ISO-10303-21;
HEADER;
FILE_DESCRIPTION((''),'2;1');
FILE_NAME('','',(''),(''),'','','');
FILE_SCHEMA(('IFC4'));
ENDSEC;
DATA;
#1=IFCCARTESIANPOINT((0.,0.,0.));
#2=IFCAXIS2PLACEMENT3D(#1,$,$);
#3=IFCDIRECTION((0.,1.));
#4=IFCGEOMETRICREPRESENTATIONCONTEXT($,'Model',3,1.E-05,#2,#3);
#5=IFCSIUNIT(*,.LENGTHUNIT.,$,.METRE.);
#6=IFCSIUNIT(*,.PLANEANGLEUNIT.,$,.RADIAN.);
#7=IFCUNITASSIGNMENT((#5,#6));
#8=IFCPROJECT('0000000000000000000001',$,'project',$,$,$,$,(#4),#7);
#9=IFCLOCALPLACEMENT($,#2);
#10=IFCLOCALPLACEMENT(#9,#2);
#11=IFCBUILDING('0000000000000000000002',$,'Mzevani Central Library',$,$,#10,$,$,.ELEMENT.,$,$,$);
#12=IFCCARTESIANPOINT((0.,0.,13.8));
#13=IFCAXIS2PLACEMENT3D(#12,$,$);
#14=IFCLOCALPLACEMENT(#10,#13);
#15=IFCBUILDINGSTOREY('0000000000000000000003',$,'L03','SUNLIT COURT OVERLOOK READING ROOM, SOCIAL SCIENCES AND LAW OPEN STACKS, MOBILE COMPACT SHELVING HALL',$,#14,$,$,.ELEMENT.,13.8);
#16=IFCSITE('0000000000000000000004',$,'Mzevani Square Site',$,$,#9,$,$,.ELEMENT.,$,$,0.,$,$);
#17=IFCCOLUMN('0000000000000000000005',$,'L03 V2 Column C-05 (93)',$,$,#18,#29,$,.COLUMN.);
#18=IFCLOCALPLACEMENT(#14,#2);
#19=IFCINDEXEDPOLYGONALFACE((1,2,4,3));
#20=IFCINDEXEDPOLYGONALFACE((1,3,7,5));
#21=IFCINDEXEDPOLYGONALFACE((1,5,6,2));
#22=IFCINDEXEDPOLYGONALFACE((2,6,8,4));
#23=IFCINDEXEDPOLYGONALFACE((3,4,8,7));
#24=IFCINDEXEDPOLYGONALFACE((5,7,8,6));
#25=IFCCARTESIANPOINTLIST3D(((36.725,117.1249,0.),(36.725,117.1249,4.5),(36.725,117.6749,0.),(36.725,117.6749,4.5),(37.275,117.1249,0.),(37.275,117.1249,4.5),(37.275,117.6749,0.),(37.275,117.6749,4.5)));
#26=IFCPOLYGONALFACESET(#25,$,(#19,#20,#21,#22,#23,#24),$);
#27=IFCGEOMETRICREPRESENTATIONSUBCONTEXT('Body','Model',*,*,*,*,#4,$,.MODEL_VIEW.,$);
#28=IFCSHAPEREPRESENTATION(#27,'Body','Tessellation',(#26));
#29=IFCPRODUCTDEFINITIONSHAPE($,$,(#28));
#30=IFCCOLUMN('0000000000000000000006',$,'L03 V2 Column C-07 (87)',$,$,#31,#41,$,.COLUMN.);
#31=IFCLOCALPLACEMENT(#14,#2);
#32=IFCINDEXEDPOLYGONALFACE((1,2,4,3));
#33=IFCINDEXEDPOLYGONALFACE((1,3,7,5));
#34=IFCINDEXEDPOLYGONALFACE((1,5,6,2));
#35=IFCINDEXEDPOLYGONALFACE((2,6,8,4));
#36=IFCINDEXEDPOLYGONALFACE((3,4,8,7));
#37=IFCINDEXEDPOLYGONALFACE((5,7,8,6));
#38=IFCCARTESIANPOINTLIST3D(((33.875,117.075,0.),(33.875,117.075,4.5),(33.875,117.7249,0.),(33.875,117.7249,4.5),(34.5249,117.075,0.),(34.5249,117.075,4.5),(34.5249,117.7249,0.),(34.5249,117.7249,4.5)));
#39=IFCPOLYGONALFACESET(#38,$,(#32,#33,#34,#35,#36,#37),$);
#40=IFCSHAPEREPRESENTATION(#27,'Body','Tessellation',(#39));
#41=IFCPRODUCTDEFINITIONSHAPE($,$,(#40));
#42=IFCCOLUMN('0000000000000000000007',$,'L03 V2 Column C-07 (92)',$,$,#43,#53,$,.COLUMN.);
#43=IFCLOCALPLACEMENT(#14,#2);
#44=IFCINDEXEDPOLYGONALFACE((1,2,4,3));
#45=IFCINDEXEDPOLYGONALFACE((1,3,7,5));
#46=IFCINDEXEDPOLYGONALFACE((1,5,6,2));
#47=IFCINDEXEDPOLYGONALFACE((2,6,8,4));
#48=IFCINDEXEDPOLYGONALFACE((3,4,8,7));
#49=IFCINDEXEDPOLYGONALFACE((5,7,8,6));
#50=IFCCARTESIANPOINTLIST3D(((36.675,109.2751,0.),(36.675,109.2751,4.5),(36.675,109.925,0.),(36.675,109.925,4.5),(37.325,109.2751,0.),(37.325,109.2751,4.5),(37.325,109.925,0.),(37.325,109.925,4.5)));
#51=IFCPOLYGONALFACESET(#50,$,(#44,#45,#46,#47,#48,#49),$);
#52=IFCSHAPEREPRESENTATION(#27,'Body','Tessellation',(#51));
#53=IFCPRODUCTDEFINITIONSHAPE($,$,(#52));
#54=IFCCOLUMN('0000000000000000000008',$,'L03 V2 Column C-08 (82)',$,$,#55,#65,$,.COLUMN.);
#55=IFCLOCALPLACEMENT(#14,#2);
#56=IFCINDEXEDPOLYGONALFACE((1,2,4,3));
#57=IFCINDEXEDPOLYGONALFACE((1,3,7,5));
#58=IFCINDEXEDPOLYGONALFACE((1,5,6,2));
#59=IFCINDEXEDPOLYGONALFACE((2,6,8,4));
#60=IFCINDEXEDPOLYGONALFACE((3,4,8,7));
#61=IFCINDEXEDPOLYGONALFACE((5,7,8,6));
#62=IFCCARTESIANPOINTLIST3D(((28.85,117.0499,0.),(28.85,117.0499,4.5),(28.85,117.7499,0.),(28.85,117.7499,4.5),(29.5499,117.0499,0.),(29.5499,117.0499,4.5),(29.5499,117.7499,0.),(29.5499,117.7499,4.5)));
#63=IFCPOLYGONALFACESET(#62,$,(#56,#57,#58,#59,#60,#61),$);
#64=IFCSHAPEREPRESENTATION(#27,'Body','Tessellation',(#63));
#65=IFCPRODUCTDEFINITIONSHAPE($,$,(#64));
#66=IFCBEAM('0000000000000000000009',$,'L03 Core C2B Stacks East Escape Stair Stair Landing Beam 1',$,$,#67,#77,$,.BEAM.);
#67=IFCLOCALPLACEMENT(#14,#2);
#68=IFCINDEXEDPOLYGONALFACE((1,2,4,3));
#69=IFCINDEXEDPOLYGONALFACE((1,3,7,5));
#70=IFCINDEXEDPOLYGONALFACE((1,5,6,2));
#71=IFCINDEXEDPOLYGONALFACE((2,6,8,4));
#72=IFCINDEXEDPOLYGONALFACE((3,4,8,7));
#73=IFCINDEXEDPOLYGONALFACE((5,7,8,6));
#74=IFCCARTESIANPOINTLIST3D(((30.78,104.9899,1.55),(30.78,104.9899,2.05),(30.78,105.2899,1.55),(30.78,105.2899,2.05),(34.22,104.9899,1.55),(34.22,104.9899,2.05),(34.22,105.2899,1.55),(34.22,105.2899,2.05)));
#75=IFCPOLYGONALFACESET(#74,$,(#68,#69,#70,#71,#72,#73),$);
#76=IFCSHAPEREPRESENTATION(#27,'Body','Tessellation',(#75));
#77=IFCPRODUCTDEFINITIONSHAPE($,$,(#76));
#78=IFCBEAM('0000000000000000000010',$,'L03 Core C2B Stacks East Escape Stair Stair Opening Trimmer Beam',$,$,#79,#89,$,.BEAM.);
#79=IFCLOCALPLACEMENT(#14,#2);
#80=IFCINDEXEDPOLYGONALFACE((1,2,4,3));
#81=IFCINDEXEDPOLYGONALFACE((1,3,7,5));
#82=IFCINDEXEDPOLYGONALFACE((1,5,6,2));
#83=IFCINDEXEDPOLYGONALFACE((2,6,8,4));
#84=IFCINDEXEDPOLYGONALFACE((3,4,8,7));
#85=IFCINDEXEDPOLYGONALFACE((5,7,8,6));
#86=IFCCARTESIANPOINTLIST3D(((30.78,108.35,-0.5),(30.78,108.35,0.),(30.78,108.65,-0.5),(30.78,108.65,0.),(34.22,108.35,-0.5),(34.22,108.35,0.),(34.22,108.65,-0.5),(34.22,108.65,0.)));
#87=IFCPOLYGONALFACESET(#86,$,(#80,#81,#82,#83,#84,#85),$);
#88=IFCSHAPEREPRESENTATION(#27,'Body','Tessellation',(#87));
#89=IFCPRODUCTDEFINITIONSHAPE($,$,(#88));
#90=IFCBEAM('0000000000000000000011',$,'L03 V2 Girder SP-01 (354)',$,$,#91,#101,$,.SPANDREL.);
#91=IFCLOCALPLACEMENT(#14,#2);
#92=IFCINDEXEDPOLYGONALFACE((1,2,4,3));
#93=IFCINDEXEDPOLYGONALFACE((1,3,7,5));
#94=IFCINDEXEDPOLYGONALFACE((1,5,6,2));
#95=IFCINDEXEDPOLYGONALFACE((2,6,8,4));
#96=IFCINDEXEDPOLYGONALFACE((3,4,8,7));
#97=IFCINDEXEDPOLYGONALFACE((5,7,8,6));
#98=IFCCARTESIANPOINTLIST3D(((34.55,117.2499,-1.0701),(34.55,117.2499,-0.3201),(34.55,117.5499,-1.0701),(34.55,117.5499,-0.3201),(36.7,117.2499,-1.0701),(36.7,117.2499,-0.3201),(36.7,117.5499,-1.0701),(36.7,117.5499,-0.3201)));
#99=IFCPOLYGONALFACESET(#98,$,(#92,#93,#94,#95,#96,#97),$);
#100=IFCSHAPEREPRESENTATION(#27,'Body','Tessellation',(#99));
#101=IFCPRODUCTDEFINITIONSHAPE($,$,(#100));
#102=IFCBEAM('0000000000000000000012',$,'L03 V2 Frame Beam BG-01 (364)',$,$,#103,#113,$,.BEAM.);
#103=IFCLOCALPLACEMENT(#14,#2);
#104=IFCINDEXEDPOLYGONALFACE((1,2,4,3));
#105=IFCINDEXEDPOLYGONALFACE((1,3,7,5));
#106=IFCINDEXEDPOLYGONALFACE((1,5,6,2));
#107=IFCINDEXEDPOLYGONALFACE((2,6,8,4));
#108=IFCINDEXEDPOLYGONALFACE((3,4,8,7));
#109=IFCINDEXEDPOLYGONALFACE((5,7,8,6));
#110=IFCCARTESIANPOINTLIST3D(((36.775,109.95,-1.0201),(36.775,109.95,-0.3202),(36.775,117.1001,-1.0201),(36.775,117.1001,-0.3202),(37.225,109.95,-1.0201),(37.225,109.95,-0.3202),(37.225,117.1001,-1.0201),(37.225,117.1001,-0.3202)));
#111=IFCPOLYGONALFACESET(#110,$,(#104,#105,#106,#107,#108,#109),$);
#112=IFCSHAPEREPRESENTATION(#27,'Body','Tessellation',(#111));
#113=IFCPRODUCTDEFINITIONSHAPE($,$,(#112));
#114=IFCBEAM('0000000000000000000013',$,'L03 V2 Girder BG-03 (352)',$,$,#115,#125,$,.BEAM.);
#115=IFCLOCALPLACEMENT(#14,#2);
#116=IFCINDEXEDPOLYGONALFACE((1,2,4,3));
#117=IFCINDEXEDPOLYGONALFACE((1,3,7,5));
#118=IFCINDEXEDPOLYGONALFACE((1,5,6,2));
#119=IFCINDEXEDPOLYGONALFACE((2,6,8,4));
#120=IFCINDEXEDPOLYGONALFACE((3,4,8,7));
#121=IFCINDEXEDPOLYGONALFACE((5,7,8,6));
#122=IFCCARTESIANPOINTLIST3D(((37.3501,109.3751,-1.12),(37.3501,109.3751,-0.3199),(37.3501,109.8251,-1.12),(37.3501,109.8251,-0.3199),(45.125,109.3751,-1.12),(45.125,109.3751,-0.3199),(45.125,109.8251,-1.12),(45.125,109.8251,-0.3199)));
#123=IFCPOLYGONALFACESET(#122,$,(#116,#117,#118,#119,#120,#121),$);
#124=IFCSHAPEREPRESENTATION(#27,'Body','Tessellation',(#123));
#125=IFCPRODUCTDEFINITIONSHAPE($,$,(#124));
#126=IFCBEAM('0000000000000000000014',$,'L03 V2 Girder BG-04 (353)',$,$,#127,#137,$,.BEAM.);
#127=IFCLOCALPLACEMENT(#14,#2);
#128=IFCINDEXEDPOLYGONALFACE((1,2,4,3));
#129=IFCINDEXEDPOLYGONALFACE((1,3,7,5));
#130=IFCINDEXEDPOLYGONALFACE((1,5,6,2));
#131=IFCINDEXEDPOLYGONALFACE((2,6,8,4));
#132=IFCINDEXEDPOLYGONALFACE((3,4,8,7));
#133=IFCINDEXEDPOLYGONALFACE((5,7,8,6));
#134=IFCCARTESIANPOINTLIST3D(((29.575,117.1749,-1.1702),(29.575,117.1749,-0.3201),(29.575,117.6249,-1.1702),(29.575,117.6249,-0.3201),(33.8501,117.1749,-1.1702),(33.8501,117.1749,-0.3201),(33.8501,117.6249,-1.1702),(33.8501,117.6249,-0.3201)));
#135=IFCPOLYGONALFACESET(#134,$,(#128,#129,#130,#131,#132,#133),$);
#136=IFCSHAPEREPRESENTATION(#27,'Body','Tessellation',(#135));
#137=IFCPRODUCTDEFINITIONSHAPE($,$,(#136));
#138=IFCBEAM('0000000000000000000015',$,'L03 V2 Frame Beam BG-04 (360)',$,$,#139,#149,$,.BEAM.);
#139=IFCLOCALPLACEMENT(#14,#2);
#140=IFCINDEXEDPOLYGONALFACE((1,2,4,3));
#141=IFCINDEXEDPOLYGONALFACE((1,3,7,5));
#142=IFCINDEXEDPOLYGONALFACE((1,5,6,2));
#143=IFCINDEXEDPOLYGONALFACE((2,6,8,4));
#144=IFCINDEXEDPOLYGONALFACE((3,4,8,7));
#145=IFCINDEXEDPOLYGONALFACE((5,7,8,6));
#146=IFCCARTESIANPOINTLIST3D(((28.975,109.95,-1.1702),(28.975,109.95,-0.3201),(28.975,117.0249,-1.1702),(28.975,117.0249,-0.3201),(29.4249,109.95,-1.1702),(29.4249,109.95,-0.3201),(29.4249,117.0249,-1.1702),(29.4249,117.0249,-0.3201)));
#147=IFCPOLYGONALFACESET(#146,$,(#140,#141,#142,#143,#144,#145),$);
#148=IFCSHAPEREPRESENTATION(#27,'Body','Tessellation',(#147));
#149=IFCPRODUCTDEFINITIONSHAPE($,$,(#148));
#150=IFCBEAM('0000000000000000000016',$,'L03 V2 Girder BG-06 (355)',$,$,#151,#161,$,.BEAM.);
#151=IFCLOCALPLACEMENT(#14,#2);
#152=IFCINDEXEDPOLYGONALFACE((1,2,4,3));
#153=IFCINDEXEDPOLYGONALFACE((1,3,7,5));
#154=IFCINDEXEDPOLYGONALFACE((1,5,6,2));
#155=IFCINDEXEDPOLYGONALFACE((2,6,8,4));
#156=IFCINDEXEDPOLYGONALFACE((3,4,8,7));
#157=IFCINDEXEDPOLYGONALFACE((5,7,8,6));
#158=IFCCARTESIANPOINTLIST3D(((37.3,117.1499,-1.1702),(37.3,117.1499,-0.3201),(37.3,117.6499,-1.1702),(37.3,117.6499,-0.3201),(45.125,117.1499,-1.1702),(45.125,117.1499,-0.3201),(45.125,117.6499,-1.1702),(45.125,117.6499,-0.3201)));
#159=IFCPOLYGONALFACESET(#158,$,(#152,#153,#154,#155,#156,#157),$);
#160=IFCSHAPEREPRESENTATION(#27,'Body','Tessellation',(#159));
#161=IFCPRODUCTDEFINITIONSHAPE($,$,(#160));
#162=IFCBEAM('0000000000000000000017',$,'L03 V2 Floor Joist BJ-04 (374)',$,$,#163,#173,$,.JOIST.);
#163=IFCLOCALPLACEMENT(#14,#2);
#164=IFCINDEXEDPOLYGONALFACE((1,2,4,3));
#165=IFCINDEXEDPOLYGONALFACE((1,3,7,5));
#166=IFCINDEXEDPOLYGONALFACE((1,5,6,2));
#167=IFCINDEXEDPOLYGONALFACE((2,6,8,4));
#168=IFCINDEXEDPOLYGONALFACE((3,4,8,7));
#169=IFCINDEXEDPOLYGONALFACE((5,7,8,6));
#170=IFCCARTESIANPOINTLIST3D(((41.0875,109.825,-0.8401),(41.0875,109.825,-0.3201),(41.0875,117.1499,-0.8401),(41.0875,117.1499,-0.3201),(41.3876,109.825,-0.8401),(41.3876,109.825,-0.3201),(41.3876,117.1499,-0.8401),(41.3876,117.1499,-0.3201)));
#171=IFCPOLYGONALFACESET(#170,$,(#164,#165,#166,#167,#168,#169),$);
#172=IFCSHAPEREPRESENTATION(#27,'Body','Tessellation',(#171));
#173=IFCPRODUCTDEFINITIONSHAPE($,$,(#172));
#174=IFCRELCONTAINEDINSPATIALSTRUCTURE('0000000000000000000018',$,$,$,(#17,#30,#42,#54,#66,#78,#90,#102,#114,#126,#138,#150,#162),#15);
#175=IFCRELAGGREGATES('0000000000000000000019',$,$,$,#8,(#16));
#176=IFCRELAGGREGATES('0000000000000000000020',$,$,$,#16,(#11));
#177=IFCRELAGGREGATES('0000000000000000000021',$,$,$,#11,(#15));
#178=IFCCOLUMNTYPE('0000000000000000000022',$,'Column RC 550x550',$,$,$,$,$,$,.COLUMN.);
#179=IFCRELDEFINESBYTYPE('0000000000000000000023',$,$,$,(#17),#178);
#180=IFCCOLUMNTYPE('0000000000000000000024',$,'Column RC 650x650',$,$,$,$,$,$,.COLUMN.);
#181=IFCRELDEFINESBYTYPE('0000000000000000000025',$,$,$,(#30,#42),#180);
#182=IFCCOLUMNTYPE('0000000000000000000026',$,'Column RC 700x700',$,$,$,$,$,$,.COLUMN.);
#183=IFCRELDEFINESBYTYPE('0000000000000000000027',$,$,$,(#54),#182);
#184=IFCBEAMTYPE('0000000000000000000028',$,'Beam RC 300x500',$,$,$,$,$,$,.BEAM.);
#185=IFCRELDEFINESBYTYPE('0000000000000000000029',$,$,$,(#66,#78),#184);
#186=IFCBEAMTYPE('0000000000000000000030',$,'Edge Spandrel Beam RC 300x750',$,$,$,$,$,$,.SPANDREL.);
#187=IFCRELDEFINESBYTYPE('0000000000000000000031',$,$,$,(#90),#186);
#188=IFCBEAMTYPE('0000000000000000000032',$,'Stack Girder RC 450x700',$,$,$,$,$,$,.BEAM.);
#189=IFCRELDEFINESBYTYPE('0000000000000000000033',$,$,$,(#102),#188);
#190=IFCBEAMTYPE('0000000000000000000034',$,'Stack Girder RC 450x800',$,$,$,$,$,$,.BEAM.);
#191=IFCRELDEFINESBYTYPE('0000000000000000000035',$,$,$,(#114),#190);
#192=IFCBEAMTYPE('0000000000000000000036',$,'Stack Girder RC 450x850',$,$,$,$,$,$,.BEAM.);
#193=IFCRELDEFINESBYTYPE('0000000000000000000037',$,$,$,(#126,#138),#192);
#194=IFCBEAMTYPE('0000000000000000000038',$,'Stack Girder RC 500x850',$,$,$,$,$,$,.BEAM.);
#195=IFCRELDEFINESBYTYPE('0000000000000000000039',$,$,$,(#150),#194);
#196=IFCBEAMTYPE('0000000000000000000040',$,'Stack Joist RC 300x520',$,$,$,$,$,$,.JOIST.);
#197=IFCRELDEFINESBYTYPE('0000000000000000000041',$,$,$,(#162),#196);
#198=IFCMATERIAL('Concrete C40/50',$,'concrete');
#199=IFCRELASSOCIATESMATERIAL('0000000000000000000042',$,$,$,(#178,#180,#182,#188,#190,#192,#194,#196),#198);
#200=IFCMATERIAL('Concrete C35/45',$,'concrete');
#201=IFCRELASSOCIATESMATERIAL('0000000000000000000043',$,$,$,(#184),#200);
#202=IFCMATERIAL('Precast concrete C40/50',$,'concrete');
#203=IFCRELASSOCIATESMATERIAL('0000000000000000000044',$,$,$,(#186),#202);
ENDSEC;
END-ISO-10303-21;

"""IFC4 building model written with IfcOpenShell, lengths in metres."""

from ifc_helpers import new_model, si_unit, direction, frame, origin, origin_2d, place, context, subcontext, project, spatial, rectangle, extrude, material, material_profile, profile_set, type_object, element, save


model = new_model("IFC4")

# Units and contexts
model_context = context("Model", 3, precision=1e-05, world=origin(), true_north=direction((0.0, 1.0)))
body_context = subcontext(model_context, "Body", "Model", "MODEL_VIEW")
ifc_project = project(units=[si_unit("LENGTHUNIT", "METRE"), si_unit("PLANEANGLEUNIT", "RADIAN")], contexts=[model_context])

# Site, building, storey
site_placement = place(None, origin())
site = spatial("IfcSite", under=ifc_project, at=site_placement, Name="Mzevani Square Site", CompositionType="ELEMENT", RefElevation=0.0)
building_placement = place(site_placement, origin())
building = spatial("IfcBuilding", under=site, at=building_placement, Name="Mzevani Central Library", CompositionType="ELEMENT")
storey_placement = place(building_placement, frame((0.0, 0.0, 13.8)))
storey = spatial("IfcBuildingStorey", under=building, at=storey_placement, Name="L03", Description="SUNLIT COURT OVERLOOK READING ROOM, SOCIAL SCIENCES AND LAW OPEN STACKS, MOBILE COMPACT SHELVING HALL", CompositionType="ELEMENT", Elevation=13.8)

# Columns
ifc_material_1 = material(Name="Concrete C40/50", Category="concrete")
ifc_material_profile_1 = material_profile(ifc_material_1, rectangle(XDim=0.55, YDim=0.55, at=origin_2d()), Name="RC 550x550")
ifc_profile_set_1 = profile_set([ifc_material_profile_1], Name="Concrete C40/50")
column_type_1 = type_object("IfcColumnType", Name="Column RC 550x550", PredefinedType="COLUMN", material=ifc_profile_set_1)
column_1_placement = place(storey_placement, frame((37.0, 117.3999, 0.0), z_axis=(0.0, 0.0, 1.0), x_axis=(1.0, 0.0, 0.0)))
element("IfcColumn", 1, at=column_1_placement, inside=storey, type_object=column_type_1, Name="L03 V2 Column C-05 (93)", PredefinedType="COLUMN", context=body_context, shape_type="SweptSolid", body=[
    extrude(rectangle(XDim=0.55, YDim=0.55, at=origin_2d()), origin(), (0.0, 0.0, 1.0), 4.5),
])
ifc_material_profile_2 = material_profile(ifc_material_1, rectangle(XDim=0.6499, YDim=0.6499, at=origin_2d()), Name="RC 650x650")
ifc_profile_set_2 = profile_set([ifc_material_profile_2], Name="Concrete C40/50")
column_type_2 = type_object("IfcColumnType", Name="Column RC 650x650", PredefinedType="COLUMN", material=ifc_profile_set_2)
for number, where, z_axis, x_axis, name in (
    (2, (34.2, 117.3999, 0.0), (0.0, 0.0, 1.0), (1.0, 0.0, 0.0), "L03 V2 Column C-07 (87)"),
    (3, (37.0, 109.6001, 0.0), (0.0, 0.0, 1.0), (1.0, 0.0, 0.0), "L03 V2 Column C-07 (92)"),
):
    element("IfcColumn", number, at=place(storey_placement, frame(where, z_axis=z_axis, x_axis=x_axis)), inside=storey, type_object=column_type_2, Name=name, PredefinedType="COLUMN", context=body_context, shape_type="SweptSolid", body=[
        extrude(rectangle(XDim=0.6499, YDim=0.6499, at=origin_2d()), origin(), (0.0, 0.0, 1.0), 4.5),
    ])
ifc_material_profile_3 = material_profile(ifc_material_1, rectangle(XDim=0.7, YDim=0.7, at=origin_2d()), Name="RC 700x700")
ifc_profile_set_3 = profile_set([ifc_material_profile_3], Name="Concrete C40/50")
column_type_3 = type_object("IfcColumnType", Name="Column RC 700x700", PredefinedType="COLUMN", material=ifc_profile_set_3)
column_2_placement = place(storey_placement, frame((29.2, 117.3999, 0.0), z_axis=(0.0, 0.0, 1.0), x_axis=(1.0, 0.0, 0.0)))
element("IfcColumn", 4, at=column_2_placement, inside=storey, type_object=column_type_3, Name="L03 V2 Column C-08 (82)", PredefinedType="COLUMN", context=body_context, shape_type="SweptSolid", body=[
    extrude(rectangle(XDim=0.7, YDim=0.7, at=origin_2d()), origin(), (0.0, 0.0, 1.0), 4.5),
])

# Beams
ifc_material_2 = material(Name="Concrete C35/45", Category="concrete")
ifc_material_profile_4 = material_profile(ifc_material_2, rectangle(XDim=0.3, YDim=0.5, at=origin_2d()), Name="RC B300x500")
ifc_profile_set_4 = profile_set([ifc_material_profile_4], Name="Concrete C35/45")
beam_type_1 = type_object("IfcBeamType", Name="Beam RC 300x500", PredefinedType="BEAM", material=ifc_profile_set_4)
for number, where, z_axis, x_axis, name in (
    (5, (30.78, 105.1399, 1.8), (1.0, 0.0, 0.0), (0.0, 1.0, 0.0), "L03 Core C2B Stacks East Escape Stair Stair Landing Beam 1"),
    (6, (30.78, 108.5, -0.25), (1.0, 0.0, 0.0), (0.0, 1.0, 0.0), "L03 Core C2B Stacks East Escape Stair Stair Opening Trimmer Beam"),
):
    element("IfcBeam", number, at=place(storey_placement, frame(where, z_axis=z_axis, x_axis=x_axis)), inside=storey, type_object=beam_type_1, Name=name, PredefinedType="BEAM", context=body_context, shape_type="SweptSolid", body=[
        extrude(rectangle(XDim=0.3, YDim=0.5, at=origin_2d()), origin(), (0.0, 0.0, 1.0), 3.4399),
    ])
ifc_material_3 = material(Name="Precast concrete C40/50", Category="concrete")
ifc_material_profile_5 = material_profile(ifc_material_3, rectangle(XDim=0.3, YDim=0.75, at=origin_2d()), Name="RC SP300x750")
ifc_profile_set_5 = profile_set([ifc_material_profile_5], Name="Precast concrete C40/50")
beam_type_2 = type_object("IfcBeamType", Name="Edge Spandrel Beam RC 300x750", PredefinedType="SPANDREL", material=ifc_profile_set_5)
beam_1_placement = place(storey_placement, frame((34.55, 117.3999, -0.6951), z_axis=(1.0, 0.0, 0.0), x_axis=(0.0, 1.0, 0.0)))
element("IfcBeam", 7, at=beam_1_placement, inside=storey, type_object=beam_type_2, Name="L03 V2 Girder SP-01 (354)", PredefinedType="SPANDREL", context=body_context, shape_type="SweptSolid", body=[
    extrude(rectangle(XDim=0.3, YDim=0.75, at=origin_2d()), origin(), (0.0, 0.0, 1.0), 2.1499),
])
ifc_material_profile_6 = material_profile(ifc_material_1, rectangle(XDim=0.45, YDim=0.7, at=origin_2d()), Name="RC B450x700")
ifc_profile_set_6 = profile_set([ifc_material_profile_6], Name="Concrete C40/50")
beam_type_3 = type_object("IfcBeamType", Name="Stack Girder RC 450x700", PredefinedType="BEAM", material=ifc_profile_set_6)
beam_2_placement = place(storey_placement, frame((37.0, 109.95, -0.6702), z_axis=(0.0, 1.0, 0.0), x_axis=(-1.0, 0.0, 0.0)))
element("IfcBeam", 8, at=beam_2_placement, inside=storey, type_object=beam_type_3, Name="L03 V2 Frame Beam BG-01 (364)", PredefinedType="BEAM", context=body_context, shape_type="SweptSolid", body=[
    extrude(rectangle(XDim=0.45, YDim=0.7, at=origin_2d()), origin(), (0.0, 0.0, 1.0), 7.1501),
])
ifc_material_profile_7 = material_profile(ifc_material_1, rectangle(XDim=0.45, YDim=0.8, at=origin_2d()), Name="RC B450x800")
ifc_profile_set_7 = profile_set([ifc_material_profile_7], Name="Concrete C40/50")
beam_type_4 = type_object("IfcBeamType", Name="Stack Girder RC 450x800", PredefinedType="BEAM", material=ifc_profile_set_7)
beam_3_placement = place(storey_placement, frame((37.3501, 109.6001, -0.72), z_axis=(1.0, 0.0, 0.0), x_axis=(0.0, 1.0, 0.0)))
element("IfcBeam", 9, at=beam_3_placement, inside=storey, type_object=beam_type_4, Name="L03 V2 Girder BG-03 (352)", PredefinedType="BEAM", context=body_context, shape_type="SweptSolid", body=[
    extrude(rectangle(XDim=0.45, YDim=0.8, at=origin_2d()), origin(), (0.0, 0.0, 1.0), 7.7749),
])
ifc_material_profile_8 = material_profile(ifc_material_1, rectangle(XDim=0.45, YDim=0.8501, at=origin_2d()), Name="RC B450x850")
ifc_profile_set_8 = profile_set([ifc_material_profile_8], Name="Concrete C40/50")
beam_type_5 = type_object("IfcBeamType", Name="Stack Girder RC 450x850", PredefinedType="BEAM", material=ifc_profile_set_8)
beam_4_placement = place(storey_placement, frame((29.575, 117.3999, -0.7451), z_axis=(1.0, 0.0, 0.0), x_axis=(0.0, 1.0, 0.0)))
element("IfcBeam", 10, at=beam_4_placement, inside=storey, type_object=beam_type_5, Name="L03 V2 Girder BG-04 (353)", PredefinedType="BEAM", context=body_context, shape_type="SweptSolid", body=[
    extrude(rectangle(XDim=0.45, YDim=0.8501, at=origin_2d()), origin(), (0.0, 0.0, 1.0), 4.2751),
])
beam_5_placement = place(storey_placement, frame((29.2, 109.95, -0.7451), z_axis=(0.0, 1.0, 0.0), x_axis=(-1.0, 0.0, 0.0)))
element("IfcBeam", 11, at=beam_5_placement, inside=storey, type_object=beam_type_5, Name="L03 V2 Frame Beam BG-04 (360)", PredefinedType="BEAM", context=body_context, shape_type="SweptSolid", body=[
    extrude(rectangle(XDim=0.45, YDim=0.8501, at=origin_2d()), origin(), (0.0, 0.0, 1.0), 7.075),
])
ifc_material_profile_9 = material_profile(ifc_material_1, rectangle(XDim=0.5, YDim=0.8501, at=origin_2d()), Name="RC B500x850")
ifc_profile_set_9 = profile_set([ifc_material_profile_9], Name="Concrete C40/50")
beam_type_6 = type_object("IfcBeamType", Name="Stack Girder RC 500x850", PredefinedType="BEAM", material=ifc_profile_set_9)
beam_6_placement = place(storey_placement, frame((37.3, 117.3999, -0.7451), z_axis=(1.0, 0.0, 0.0), x_axis=(0.0, 1.0, 0.0)))
element("IfcBeam", 12, at=beam_6_placement, inside=storey, type_object=beam_type_6, Name="L03 V2 Girder BG-06 (355)", PredefinedType="BEAM", context=body_context, shape_type="SweptSolid", body=[
    extrude(rectangle(XDim=0.5, YDim=0.8501, at=origin_2d()), origin(), (0.0, 0.0, 1.0), 7.825),
])
ifc_material_profile_10 = material_profile(ifc_material_1, rectangle(XDim=0.3, YDim=0.52, at=origin_2d()), Name="RC J300x520")
ifc_profile_set_10 = profile_set([ifc_material_profile_10], Name="Concrete C40/50")
beam_type_7 = type_object("IfcBeamType", Name="Stack Joist RC 300x520", PredefinedType="JOIST", material=ifc_profile_set_10)
beam_7_placement = place(storey_placement, frame((41.2375, 109.825, -0.5801), z_axis=(0.0, 1.0, 0.0), x_axis=(-1.0, 0.0, 0.0)))
element("IfcBeam", 13, at=beam_7_placement, inside=storey, type_object=beam_type_7, Name="L03 V2 Floor Joist BJ-04 (374)", PredefinedType="JOIST", context=body_context, shape_type="SweptSolid", body=[
    extrude(rectangle(XDim=0.3, YDim=0.52, at=origin_2d()), origin(), (0.0, 0.0, 1.0), 7.325),
])

save(model, "model.ifc")
